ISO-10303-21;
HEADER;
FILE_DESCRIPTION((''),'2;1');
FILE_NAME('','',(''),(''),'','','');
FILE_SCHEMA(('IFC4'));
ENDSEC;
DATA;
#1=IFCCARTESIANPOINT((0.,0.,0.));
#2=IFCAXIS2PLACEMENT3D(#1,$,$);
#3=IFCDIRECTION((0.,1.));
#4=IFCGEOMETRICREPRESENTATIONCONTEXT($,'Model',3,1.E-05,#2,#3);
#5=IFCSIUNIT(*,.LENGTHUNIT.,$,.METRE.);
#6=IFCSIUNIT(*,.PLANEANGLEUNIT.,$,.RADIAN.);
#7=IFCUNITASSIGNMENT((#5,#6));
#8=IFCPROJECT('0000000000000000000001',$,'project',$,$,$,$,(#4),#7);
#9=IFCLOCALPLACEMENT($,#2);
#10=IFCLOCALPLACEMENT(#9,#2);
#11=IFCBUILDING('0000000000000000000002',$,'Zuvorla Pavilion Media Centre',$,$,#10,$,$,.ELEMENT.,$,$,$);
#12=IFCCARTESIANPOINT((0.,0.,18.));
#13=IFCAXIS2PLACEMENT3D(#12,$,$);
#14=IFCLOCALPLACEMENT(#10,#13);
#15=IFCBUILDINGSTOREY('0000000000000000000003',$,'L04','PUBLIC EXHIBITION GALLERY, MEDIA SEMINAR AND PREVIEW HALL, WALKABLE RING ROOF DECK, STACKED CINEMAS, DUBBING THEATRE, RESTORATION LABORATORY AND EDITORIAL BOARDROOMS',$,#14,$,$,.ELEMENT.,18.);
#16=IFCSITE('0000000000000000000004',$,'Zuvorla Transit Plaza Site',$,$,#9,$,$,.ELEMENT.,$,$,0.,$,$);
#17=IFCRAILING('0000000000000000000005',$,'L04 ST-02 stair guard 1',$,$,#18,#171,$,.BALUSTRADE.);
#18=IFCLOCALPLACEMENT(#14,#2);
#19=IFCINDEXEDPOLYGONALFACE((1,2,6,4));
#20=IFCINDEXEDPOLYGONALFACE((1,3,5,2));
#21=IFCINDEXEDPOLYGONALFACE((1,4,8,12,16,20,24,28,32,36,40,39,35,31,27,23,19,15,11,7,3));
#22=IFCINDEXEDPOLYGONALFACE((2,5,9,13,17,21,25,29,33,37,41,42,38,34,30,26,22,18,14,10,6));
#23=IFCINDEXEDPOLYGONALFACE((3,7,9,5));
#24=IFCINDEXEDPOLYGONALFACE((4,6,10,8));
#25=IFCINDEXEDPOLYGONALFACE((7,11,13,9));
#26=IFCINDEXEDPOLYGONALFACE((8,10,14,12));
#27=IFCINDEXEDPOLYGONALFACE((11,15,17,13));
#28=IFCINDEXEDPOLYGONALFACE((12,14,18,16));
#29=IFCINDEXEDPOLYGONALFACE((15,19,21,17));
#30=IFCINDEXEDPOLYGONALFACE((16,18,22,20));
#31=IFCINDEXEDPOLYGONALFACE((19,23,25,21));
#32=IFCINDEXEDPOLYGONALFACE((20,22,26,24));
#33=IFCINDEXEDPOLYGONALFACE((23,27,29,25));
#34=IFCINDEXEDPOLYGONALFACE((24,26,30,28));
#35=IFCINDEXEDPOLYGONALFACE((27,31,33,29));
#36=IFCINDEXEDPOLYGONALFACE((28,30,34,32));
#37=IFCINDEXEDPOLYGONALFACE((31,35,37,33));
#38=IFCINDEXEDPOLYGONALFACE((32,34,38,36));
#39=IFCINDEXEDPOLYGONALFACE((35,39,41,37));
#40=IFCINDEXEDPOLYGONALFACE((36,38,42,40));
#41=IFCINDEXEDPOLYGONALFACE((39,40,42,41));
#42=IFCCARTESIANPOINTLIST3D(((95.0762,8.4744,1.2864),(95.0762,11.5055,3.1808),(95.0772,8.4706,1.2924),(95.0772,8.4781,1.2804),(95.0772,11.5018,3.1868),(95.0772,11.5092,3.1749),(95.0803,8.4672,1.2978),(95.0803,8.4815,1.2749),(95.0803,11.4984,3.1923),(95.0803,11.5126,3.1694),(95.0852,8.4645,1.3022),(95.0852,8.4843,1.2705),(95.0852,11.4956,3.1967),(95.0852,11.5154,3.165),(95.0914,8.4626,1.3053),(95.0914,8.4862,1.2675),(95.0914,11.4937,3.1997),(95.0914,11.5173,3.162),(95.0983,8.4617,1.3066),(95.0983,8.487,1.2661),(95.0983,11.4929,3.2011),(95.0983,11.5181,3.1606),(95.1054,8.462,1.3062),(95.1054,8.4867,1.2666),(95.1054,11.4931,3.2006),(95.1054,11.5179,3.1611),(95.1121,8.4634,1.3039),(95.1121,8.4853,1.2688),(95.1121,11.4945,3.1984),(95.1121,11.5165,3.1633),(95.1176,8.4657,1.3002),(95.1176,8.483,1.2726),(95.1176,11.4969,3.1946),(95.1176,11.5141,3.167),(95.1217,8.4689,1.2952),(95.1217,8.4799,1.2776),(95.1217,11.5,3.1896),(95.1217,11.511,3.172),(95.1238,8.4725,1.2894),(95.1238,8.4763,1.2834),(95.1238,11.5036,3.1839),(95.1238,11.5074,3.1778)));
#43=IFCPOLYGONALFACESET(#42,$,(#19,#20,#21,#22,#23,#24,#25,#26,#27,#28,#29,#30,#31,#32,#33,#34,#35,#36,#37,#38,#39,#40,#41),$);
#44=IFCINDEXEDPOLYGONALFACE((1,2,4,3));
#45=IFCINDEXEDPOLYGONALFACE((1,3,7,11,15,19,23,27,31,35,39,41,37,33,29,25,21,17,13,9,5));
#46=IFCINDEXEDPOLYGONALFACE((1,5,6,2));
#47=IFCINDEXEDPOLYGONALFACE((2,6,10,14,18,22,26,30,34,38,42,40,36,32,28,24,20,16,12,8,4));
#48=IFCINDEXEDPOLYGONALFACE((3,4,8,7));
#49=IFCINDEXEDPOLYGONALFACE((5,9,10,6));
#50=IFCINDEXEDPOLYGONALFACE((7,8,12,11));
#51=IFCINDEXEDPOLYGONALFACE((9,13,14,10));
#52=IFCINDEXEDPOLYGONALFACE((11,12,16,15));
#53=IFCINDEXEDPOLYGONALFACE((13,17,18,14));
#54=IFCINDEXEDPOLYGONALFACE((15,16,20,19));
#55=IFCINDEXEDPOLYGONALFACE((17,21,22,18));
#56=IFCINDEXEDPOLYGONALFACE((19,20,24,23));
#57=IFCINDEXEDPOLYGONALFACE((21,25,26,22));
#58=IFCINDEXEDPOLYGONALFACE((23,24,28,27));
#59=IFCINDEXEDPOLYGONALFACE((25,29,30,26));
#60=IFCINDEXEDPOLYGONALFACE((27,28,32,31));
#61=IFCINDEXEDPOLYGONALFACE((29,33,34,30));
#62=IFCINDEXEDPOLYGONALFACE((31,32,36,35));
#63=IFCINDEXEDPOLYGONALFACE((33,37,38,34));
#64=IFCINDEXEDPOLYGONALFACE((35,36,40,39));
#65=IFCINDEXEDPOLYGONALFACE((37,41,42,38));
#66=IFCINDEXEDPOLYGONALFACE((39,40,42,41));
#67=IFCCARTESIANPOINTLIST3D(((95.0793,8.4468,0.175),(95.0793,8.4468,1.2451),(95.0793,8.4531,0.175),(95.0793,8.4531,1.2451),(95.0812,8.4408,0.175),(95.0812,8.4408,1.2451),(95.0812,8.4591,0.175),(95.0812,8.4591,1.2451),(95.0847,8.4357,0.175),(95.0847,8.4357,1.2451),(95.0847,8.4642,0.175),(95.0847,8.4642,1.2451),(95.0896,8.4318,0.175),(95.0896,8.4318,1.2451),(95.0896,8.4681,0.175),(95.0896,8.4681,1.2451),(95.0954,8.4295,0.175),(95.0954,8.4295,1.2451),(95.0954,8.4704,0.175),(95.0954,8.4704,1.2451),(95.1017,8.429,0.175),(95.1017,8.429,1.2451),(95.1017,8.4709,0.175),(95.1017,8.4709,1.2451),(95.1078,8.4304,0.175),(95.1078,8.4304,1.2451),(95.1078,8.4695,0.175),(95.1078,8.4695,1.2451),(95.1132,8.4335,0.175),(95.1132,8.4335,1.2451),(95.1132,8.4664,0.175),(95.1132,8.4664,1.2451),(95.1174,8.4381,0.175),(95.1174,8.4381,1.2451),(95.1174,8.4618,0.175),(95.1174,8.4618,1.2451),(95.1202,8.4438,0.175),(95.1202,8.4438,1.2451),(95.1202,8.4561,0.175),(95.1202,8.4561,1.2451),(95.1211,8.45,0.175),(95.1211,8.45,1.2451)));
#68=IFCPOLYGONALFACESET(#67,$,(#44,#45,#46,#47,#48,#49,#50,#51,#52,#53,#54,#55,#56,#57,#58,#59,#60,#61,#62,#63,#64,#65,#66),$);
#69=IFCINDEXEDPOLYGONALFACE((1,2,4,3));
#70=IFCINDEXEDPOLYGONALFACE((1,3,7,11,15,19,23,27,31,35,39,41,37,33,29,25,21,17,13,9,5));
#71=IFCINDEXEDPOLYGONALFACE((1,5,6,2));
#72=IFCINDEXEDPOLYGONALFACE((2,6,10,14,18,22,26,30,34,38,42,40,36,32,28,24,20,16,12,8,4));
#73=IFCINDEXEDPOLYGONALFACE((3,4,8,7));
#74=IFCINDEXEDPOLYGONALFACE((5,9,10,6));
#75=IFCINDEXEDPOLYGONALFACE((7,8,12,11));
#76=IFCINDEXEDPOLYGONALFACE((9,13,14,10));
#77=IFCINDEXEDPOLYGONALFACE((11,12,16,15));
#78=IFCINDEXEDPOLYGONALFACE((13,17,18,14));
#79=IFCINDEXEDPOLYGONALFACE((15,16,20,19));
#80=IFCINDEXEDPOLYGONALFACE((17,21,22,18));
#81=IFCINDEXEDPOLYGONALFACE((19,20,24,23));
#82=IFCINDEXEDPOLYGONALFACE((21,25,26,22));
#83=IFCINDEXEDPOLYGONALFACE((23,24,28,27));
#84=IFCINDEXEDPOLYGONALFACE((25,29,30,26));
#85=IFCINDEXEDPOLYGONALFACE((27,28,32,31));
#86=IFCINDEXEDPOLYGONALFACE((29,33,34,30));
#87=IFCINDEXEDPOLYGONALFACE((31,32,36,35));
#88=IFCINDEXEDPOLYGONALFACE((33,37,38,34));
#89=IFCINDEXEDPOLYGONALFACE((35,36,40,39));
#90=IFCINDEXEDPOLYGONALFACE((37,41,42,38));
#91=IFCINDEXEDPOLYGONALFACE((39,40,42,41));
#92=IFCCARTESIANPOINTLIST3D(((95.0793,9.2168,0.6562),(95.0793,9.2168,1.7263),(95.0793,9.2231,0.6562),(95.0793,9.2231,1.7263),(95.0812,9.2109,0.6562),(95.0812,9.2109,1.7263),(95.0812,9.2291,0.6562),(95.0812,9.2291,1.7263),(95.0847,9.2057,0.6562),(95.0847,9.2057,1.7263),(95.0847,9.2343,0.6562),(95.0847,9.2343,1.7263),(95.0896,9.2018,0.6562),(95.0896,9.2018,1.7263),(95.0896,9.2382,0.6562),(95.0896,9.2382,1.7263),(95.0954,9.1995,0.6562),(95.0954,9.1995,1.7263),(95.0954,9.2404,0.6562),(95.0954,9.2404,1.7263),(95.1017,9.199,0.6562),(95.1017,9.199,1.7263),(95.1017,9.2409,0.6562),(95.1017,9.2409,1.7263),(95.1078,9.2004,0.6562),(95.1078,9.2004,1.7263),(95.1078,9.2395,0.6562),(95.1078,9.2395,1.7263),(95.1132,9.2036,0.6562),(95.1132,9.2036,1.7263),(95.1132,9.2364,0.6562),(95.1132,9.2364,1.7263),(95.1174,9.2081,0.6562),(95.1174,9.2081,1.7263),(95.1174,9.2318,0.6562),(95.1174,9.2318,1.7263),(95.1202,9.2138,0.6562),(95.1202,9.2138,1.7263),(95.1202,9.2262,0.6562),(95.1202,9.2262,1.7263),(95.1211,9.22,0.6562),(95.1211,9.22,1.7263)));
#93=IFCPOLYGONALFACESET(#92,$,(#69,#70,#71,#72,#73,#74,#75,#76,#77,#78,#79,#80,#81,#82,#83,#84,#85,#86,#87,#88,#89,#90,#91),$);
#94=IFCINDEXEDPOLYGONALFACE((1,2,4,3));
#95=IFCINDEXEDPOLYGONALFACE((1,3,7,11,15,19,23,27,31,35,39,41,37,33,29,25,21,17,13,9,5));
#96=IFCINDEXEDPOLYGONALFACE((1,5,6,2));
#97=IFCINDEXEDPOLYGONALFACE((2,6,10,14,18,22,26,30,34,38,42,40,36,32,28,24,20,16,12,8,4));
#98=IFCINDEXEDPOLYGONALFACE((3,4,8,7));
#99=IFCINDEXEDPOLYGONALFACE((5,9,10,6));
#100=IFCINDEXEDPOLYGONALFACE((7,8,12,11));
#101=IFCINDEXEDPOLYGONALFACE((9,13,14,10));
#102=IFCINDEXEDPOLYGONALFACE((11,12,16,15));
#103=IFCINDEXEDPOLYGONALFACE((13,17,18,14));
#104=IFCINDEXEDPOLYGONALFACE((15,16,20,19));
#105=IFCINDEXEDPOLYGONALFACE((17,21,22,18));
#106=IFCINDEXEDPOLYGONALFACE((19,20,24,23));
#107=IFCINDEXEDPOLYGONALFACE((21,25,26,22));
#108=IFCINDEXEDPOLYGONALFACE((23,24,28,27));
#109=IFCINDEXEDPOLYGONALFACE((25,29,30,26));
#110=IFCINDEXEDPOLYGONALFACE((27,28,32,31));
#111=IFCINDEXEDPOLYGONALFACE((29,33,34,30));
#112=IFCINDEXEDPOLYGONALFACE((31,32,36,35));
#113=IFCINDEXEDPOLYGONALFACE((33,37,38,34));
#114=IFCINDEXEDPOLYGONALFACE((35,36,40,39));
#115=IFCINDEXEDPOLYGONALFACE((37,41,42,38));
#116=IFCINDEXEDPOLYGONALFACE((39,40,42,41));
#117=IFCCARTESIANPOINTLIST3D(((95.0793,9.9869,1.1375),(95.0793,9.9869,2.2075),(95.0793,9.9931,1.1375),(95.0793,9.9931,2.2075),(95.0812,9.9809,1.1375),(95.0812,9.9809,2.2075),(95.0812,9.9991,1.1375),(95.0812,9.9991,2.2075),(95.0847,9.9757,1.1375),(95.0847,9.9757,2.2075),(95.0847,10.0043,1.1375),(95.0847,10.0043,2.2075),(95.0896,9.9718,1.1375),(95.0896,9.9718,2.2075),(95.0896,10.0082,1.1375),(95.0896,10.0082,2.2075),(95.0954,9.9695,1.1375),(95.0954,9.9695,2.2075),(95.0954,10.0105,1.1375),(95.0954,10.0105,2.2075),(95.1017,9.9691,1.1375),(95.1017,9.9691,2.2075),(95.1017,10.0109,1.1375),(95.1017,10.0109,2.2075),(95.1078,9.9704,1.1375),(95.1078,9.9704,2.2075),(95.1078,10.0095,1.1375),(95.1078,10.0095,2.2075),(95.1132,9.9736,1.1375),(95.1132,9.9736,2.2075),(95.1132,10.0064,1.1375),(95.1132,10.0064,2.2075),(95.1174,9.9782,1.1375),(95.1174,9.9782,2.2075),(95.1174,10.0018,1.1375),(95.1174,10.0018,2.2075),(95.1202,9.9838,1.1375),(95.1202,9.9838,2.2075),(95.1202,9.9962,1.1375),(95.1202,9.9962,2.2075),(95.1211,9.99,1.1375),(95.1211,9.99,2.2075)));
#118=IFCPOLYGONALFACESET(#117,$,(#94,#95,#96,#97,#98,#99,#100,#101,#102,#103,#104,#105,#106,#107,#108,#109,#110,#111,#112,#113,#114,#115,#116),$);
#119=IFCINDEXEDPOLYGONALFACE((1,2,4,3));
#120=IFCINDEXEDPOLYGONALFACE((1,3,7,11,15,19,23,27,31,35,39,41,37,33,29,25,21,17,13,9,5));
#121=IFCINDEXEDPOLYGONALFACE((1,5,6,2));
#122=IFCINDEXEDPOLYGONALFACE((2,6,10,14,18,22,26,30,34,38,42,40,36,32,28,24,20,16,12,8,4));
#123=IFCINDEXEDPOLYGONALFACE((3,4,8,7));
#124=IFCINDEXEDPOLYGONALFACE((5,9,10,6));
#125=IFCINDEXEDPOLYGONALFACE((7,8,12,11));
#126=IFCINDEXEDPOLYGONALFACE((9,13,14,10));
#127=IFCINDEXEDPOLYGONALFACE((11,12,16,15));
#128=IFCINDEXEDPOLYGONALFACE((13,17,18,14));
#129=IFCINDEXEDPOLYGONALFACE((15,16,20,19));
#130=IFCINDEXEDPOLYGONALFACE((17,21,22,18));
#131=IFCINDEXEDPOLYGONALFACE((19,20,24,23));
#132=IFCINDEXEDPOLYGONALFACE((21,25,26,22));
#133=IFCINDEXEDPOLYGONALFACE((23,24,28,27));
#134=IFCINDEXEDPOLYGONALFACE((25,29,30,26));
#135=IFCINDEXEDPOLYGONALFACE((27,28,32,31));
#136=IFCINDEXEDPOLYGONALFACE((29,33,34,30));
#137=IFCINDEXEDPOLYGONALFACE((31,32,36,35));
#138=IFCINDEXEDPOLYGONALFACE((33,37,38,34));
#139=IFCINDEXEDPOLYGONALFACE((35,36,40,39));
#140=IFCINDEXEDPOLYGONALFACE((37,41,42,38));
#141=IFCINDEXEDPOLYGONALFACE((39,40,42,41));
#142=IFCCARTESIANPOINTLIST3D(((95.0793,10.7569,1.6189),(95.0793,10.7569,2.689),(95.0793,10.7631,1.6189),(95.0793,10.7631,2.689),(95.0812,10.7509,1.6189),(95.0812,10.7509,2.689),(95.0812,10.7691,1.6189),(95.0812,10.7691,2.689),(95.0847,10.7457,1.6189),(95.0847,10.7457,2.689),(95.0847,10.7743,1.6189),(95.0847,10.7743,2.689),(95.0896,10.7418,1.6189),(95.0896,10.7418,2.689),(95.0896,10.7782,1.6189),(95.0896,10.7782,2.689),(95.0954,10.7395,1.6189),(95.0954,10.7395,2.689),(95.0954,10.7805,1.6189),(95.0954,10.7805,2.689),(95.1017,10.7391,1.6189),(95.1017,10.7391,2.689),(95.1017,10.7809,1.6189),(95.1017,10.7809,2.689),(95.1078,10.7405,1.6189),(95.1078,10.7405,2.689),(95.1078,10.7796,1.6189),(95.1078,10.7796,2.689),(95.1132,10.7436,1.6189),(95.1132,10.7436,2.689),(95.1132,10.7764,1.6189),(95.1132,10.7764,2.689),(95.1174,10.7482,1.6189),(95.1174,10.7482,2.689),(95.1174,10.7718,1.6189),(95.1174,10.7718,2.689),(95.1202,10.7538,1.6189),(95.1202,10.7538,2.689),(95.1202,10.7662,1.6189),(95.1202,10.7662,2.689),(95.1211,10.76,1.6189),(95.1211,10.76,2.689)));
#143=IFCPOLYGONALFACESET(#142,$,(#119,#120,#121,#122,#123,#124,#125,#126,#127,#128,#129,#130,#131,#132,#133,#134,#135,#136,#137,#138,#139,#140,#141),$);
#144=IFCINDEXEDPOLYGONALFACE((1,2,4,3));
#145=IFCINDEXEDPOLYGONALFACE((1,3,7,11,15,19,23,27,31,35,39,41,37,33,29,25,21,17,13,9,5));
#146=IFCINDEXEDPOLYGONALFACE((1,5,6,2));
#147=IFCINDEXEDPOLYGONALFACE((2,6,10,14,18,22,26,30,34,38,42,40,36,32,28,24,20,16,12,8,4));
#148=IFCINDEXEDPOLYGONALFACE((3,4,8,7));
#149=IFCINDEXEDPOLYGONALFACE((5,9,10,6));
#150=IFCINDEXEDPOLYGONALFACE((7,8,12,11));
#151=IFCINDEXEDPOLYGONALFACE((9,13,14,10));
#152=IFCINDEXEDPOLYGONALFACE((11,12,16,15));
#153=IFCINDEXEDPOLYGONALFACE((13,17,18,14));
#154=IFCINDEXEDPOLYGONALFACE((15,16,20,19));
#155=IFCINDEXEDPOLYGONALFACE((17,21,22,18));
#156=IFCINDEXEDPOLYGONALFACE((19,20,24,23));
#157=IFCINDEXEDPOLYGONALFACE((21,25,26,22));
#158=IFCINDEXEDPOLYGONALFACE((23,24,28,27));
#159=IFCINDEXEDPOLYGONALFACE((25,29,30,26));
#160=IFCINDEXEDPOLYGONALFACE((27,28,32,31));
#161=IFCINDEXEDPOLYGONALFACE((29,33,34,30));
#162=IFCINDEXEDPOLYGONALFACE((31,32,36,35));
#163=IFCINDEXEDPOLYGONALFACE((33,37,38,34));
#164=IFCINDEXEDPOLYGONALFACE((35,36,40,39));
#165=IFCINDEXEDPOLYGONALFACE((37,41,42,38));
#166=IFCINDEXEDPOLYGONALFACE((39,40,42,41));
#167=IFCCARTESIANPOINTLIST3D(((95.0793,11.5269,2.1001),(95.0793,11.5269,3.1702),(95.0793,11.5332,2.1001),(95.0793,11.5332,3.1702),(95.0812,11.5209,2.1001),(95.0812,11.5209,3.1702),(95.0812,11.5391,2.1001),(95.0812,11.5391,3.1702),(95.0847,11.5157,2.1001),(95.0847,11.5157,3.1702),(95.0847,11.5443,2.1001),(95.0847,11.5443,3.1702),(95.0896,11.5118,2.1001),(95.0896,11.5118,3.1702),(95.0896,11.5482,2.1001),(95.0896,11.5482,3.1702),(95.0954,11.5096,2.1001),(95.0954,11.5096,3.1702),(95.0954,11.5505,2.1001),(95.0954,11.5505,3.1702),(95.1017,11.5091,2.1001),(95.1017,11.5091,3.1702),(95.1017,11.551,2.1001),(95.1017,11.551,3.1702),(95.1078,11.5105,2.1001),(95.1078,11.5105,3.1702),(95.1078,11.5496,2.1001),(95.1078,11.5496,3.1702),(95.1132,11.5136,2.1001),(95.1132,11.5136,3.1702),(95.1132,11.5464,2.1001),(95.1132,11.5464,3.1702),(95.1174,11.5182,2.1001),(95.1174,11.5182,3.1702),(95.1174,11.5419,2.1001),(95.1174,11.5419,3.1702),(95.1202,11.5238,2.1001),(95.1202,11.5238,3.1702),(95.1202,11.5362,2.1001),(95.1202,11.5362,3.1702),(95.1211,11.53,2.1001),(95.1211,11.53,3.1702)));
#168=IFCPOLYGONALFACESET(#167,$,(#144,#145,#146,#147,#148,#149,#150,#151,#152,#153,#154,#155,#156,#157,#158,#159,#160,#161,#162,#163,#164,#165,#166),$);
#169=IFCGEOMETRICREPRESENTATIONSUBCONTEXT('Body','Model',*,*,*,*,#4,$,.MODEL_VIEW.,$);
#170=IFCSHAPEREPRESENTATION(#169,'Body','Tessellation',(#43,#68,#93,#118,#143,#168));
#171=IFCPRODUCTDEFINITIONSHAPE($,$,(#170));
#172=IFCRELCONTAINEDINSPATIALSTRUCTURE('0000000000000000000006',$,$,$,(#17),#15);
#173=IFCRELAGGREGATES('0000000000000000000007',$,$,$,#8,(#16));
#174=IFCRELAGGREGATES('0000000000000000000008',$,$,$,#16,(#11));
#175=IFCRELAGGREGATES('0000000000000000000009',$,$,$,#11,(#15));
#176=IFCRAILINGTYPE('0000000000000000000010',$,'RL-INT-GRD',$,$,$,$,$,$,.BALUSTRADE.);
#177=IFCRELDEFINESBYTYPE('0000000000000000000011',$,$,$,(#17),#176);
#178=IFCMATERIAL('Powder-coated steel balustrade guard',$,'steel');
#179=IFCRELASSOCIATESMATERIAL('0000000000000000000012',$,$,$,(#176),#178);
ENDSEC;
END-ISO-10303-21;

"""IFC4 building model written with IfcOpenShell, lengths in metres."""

from ifc_helpers import new_model, si_unit, direction, frame, origin, origin_2d, place, context, subcontext, project, spatial, circle, extrude, material, type_object, element, save


model = new_model("IFC4")

# Units and contexts
model_context = context("Model", 3, precision=1e-05, world=origin(), true_north=direction((0.0, 1.0)))
body_context = subcontext(model_context, "Body", "Model", "MODEL_VIEW")
ifc_project = project(units=[si_unit("LENGTHUNIT", "METRE"), si_unit("PLANEANGLEUNIT", "RADIAN")], contexts=[model_context])

# Site, building, storey
site_placement = place(None, origin())
site = spatial("IfcSite", under=ifc_project, at=site_placement, Name="Zuvorla Transit Plaza Site", CompositionType="ELEMENT", RefElevation=0.0)
building_placement = place(site_placement, origin())
building = spatial("IfcBuilding", under=site, at=building_placement, Name="Zuvorla Pavilion Media Centre", CompositionType="ELEMENT")
storey_placement = place(building_placement, frame((0.0, 0.0, 18.0)))
storey = spatial("IfcBuildingStorey", under=building, at=storey_placement, Name="L04", Description="PUBLIC EXHIBITION GALLERY, MEDIA SEMINAR AND PREVIEW HALL, WALKABLE RING ROOF DECK, STACKED CINEMAS, DUBBING THEATRE, RESTORATION LABORATORY AND EDITORIAL BOARDROOMS", CompositionType="ELEMENT", Elevation=18.0)

# Railing
ifc_material_1 = material(Name="Powder-coated steel balustrade guard", Category="steel")
railing_type_1 = type_object("IfcRailingType", Name="RL-INT-GRD", PredefinedType="BALUSTRADE", material=ifc_material_1)
railing_1_placement = place(storey_placement, frame((95.1001, 8.45, 0.175)))
element("IfcRailing", 1, at=railing_1_placement, inside=storey, type_object=railing_type_1, Name="L04 ST-02 stair guard 1", PredefinedType="BALUSTRADE", context=body_context, shape_type="SweptSolid", body=[
    extrude(circle(Radius=0.0239, at=origin_2d()), frame((0.0, 0.0244, 1.1113), z_axis=(0.0, 0.847998, 0.529999), x_axis=(-1.0, 0.0, 0.0)), (0.0, 0.0, 1.0), 3.5745),
    extrude(circle(Radius=0.021, at=origin_2d()), origin(), (0.0, 0.0, 1.0), 1.0701),
    extrude(circle(Radius=0.021, at=origin_2d()), frame((0.0, 0.77, 0.4812)), (0.0, 0.0, 1.0), 1.0701),
    extrude(circle(Radius=0.021, at=origin_2d()), frame((0.0, 1.54, 0.9624)), (0.0, 0.0, 1.0), 1.0701),
    extrude(circle(Radius=0.021, at=origin_2d()), frame((0.0, 2.3101, 1.4438)), (0.0, 0.0, 1.0), 1.0701),
    extrude(circle(Radius=0.021, at=origin_2d()), frame((0.0, 3.0801, 1.925)), (0.0, 0.0, 1.0), 1.0701),
])

save(model, "model.ifc")
